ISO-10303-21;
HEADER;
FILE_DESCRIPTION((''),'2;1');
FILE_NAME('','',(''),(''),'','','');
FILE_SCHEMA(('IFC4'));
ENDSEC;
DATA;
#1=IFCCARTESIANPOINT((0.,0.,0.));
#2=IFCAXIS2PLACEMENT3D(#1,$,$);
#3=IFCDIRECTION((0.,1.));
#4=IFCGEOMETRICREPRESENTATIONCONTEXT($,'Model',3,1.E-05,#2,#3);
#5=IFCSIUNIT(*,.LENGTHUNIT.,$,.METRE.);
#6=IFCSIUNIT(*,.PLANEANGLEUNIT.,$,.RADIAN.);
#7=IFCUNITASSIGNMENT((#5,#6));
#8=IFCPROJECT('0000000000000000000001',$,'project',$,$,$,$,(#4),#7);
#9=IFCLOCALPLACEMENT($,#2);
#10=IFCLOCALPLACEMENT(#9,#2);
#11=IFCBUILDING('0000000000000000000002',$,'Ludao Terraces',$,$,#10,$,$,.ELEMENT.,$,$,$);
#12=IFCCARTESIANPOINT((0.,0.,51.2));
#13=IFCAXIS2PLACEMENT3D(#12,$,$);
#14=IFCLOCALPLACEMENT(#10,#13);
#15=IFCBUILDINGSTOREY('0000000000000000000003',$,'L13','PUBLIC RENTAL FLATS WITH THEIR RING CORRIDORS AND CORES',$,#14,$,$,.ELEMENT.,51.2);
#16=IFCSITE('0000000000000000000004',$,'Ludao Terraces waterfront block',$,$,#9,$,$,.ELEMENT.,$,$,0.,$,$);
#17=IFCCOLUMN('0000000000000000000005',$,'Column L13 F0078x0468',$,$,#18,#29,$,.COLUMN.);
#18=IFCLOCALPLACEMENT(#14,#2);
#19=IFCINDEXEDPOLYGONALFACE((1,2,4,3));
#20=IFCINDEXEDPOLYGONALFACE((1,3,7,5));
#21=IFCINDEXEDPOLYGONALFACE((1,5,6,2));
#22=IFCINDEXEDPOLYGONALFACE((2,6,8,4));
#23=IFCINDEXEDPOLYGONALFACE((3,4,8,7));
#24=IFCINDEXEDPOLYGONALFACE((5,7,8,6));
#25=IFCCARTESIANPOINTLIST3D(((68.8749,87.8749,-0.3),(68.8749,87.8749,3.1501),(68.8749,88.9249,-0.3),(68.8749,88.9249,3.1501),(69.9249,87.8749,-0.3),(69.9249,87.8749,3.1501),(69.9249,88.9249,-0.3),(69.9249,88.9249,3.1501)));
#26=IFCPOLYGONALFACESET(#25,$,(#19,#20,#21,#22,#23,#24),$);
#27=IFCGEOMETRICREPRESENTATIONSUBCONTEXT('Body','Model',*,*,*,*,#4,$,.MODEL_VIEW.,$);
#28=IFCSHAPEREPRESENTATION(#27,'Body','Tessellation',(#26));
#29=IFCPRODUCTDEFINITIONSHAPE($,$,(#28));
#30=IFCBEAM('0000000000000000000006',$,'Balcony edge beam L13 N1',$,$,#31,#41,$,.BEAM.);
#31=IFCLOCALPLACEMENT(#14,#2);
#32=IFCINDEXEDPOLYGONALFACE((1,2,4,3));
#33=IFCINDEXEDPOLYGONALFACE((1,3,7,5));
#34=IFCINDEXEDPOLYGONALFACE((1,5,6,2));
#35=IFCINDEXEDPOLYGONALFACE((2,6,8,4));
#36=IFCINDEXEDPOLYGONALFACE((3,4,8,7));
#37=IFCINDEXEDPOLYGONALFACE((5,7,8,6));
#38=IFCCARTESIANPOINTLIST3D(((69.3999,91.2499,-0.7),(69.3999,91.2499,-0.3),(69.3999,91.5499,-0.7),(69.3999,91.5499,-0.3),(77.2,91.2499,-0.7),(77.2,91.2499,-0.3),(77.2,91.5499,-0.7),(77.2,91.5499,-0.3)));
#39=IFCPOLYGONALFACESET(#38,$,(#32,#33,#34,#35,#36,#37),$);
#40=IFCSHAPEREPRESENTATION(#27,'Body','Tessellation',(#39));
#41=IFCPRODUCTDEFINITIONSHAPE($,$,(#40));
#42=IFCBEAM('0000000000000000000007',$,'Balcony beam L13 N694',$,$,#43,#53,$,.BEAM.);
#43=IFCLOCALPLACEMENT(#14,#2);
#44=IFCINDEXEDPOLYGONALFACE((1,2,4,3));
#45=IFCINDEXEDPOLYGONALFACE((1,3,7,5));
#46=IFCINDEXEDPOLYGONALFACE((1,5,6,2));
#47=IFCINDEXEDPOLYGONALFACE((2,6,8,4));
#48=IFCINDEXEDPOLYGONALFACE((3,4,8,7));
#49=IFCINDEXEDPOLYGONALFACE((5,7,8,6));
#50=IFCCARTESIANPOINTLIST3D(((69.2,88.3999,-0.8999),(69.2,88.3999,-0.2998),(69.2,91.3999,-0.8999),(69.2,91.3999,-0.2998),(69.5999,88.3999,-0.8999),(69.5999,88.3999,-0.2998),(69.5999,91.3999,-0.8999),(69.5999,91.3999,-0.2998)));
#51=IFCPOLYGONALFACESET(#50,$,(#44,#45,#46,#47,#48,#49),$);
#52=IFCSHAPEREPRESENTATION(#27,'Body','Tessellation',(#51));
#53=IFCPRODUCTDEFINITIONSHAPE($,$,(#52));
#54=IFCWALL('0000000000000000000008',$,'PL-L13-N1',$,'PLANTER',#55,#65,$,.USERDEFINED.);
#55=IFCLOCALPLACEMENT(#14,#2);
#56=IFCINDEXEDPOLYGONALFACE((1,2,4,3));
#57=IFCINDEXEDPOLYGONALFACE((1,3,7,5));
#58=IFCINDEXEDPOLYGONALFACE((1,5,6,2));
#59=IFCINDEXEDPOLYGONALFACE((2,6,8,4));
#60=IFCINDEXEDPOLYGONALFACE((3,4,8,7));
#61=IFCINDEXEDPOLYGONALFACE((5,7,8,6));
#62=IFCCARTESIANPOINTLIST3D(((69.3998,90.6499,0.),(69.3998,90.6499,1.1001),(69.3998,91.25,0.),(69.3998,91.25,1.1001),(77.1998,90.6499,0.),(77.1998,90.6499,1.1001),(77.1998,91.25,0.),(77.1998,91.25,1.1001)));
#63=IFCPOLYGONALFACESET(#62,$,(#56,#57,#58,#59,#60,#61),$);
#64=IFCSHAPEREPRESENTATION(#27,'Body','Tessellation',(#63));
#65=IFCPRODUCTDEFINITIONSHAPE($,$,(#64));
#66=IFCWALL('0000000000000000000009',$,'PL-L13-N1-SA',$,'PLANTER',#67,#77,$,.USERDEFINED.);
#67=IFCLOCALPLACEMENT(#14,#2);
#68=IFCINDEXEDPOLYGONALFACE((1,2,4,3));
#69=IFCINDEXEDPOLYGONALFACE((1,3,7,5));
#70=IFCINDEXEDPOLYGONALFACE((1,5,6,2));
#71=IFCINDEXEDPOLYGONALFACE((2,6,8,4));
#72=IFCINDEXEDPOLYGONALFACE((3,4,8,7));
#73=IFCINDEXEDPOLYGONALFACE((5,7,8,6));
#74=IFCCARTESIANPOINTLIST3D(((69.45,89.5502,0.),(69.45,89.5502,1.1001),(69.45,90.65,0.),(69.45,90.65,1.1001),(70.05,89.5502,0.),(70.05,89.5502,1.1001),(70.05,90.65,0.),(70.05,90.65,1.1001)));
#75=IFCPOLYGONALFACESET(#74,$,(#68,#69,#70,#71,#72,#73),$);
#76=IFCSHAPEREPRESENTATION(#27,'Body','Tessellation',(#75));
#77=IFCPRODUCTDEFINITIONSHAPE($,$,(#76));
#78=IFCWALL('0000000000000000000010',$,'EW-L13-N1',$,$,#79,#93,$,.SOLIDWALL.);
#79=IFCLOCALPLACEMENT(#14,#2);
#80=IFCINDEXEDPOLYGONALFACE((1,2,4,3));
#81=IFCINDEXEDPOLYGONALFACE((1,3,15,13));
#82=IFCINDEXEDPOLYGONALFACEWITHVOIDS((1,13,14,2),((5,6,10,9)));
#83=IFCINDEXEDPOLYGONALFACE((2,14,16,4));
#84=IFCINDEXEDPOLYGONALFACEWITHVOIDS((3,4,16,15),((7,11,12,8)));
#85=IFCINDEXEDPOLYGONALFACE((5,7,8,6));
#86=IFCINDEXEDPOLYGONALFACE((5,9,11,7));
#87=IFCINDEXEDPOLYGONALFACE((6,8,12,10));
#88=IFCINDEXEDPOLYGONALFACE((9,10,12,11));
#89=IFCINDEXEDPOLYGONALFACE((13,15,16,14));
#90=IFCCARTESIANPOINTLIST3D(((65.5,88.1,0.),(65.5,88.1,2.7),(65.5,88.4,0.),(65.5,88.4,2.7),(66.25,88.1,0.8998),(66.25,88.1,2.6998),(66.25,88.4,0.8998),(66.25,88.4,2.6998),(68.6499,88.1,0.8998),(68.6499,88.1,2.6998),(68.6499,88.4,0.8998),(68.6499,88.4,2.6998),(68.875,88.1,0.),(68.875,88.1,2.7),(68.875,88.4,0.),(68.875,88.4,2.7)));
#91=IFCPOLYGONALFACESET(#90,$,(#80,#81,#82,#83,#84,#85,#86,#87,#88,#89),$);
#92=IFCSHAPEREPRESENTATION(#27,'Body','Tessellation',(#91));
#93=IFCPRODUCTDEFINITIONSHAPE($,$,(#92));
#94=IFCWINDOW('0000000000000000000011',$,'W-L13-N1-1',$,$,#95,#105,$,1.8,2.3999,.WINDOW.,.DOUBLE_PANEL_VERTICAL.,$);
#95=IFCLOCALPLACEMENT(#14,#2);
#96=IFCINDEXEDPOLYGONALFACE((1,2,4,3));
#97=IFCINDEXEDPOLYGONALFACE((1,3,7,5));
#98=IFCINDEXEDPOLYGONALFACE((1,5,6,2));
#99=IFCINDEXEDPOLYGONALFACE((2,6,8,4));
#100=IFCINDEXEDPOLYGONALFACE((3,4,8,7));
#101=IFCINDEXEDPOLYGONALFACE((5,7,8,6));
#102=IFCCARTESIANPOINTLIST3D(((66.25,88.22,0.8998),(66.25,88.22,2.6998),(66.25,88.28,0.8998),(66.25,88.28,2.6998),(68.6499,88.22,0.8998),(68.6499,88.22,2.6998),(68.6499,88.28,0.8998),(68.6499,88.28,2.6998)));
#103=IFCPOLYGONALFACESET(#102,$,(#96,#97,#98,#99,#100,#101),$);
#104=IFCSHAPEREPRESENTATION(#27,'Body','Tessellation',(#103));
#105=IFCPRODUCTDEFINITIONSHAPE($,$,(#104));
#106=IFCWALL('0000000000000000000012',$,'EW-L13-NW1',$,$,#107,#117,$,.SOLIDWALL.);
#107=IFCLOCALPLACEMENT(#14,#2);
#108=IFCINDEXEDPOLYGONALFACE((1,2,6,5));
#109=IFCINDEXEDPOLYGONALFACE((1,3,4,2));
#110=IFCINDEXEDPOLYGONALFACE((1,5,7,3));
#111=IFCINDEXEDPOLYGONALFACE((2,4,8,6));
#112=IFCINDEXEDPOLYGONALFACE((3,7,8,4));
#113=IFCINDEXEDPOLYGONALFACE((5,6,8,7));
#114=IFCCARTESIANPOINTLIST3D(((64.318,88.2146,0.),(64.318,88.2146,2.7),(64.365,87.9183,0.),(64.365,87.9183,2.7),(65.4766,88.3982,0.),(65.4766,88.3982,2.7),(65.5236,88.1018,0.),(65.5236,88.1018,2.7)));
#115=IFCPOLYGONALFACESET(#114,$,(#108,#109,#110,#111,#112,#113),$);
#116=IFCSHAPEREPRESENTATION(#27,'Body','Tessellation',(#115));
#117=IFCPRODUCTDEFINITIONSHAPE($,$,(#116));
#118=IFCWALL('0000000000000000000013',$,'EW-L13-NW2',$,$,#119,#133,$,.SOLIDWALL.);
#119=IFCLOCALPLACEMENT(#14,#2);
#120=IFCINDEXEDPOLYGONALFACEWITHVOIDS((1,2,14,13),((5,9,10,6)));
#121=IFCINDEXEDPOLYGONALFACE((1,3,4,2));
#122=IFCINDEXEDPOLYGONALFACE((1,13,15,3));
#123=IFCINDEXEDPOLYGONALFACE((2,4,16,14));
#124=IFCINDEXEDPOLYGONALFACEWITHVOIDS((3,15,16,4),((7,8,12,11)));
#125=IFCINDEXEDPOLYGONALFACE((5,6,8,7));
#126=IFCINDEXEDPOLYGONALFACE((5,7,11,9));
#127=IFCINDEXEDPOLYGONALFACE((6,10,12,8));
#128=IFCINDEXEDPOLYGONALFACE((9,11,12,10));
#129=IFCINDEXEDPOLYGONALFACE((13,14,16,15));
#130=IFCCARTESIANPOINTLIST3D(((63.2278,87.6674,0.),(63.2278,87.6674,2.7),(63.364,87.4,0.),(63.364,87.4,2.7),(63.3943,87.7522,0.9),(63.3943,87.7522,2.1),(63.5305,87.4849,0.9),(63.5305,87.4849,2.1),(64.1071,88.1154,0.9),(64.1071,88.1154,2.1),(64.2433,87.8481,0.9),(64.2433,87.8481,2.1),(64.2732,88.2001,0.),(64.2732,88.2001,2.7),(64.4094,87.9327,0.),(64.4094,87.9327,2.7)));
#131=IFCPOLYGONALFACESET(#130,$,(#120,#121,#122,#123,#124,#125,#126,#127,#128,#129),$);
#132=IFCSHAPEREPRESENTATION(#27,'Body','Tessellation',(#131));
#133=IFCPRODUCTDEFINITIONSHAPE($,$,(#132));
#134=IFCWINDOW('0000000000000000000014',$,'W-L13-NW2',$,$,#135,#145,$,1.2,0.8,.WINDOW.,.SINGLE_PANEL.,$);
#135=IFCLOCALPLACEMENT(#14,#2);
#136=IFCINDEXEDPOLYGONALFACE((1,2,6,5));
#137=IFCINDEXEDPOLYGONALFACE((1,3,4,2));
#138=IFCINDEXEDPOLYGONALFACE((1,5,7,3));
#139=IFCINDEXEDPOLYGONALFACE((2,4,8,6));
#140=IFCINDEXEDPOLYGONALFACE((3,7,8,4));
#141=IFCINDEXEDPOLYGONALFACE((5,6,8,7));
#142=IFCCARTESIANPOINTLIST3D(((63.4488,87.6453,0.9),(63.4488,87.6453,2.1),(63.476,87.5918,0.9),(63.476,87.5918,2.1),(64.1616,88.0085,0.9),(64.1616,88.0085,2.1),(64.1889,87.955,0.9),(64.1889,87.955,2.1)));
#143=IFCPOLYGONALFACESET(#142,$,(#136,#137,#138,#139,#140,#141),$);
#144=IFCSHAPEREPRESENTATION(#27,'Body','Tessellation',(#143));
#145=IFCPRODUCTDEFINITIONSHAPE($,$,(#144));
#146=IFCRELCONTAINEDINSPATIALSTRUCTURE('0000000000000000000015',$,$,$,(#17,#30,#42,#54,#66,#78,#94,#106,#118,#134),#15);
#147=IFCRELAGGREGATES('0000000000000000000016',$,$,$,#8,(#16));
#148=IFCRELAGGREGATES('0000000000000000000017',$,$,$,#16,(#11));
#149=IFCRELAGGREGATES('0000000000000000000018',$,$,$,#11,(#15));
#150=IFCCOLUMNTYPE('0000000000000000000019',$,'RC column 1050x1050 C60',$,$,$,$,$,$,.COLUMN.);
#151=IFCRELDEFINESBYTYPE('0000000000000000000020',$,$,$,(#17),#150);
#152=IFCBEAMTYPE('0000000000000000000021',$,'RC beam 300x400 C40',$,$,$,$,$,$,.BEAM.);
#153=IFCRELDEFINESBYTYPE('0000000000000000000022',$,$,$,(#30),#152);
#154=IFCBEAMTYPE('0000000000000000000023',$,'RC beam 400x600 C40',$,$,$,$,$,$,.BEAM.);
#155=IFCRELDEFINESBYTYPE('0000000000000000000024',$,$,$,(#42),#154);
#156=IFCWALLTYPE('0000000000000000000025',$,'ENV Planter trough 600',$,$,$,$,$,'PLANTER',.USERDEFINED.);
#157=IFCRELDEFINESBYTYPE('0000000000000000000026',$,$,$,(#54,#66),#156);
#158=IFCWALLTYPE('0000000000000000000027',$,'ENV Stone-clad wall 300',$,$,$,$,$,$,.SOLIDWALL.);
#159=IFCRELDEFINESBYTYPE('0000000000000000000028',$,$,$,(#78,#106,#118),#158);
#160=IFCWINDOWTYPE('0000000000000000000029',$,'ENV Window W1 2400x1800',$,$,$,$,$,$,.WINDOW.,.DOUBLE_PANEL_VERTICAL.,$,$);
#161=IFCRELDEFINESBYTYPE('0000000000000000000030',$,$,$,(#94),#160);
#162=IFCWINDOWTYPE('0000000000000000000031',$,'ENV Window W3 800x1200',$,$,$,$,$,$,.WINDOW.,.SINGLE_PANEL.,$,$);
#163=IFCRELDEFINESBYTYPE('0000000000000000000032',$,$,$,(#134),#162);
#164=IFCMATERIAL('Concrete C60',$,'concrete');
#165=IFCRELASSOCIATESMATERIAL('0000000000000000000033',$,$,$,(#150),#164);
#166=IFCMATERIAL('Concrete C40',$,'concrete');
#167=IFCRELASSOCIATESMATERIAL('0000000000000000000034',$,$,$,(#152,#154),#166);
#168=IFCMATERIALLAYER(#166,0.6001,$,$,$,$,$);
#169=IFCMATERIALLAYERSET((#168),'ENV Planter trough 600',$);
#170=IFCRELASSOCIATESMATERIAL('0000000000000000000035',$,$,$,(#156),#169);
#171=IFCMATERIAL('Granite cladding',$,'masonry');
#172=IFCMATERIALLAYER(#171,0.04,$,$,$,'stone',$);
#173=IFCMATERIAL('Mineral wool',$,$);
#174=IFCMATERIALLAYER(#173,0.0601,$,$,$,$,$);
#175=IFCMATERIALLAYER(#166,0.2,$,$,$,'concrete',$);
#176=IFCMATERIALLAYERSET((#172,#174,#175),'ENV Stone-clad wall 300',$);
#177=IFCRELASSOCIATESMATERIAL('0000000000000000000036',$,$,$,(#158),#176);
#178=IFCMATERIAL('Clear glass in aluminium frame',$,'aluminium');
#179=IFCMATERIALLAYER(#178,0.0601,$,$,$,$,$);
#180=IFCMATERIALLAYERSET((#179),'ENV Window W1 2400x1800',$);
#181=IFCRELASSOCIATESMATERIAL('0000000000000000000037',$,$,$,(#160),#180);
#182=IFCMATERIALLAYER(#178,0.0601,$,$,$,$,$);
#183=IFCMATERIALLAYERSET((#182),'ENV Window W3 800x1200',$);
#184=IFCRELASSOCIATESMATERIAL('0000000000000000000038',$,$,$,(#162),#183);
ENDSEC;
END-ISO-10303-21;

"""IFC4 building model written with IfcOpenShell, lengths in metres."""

from ifc_helpers import new_model, si_unit, direction, frame, frame_2d, origin, origin_2d, place, context, subcontext, project, spatial, rectangle, extrude, material, layer, layer_set, material_profile, profile_set, type_object, element, fill, save


model = new_model("IFC4")

# Units and contexts
model_context = context("Model", 3, precision=1e-05, world=origin(), true_north=direction((0.0, 1.0)))
body_context = subcontext(model_context, "Body", "Model", "MODEL_VIEW")
ifc_project = project(units=[si_unit("LENGTHUNIT", "METRE"), si_unit("PLANEANGLEUNIT", "RADIAN")], contexts=[model_context])

# Site, building, storey
site_placement = place(None, origin())
site = spatial("IfcSite", under=ifc_project, at=site_placement, Name="Ludao Terraces waterfront block", CompositionType="ELEMENT", RefElevation=0.0)
building_placement = place(site_placement, origin())
building = spatial("IfcBuilding", under=site, at=building_placement, Name="Ludao Terraces", CompositionType="ELEMENT")
storey_placement = place(building_placement, frame((0.0, 0.0, 51.2)))
storey = spatial("IfcBuildingStorey", under=building, at=storey_placement, Name="L13", Description="PUBLIC RENTAL FLATS WITH THEIR RING CORRIDORS AND CORES", CompositionType="ELEMENT", Elevation=51.2)

# Column
ifc_material_1 = material(Name="Concrete C60", Category="concrete")
ifc_material_profile_1 = material_profile(ifc_material_1, rectangle(XDim=1.05, YDim=1.05, at=origin_2d()), Name="1050 X 1050")
ifc_profile_set_1 = profile_set([ifc_material_profile_1], Name="Concrete C60")
column_type = type_object("IfcColumnType", Name="RC column 1050x1050 C60", PredefinedType="COLUMN", material=ifc_profile_set_1)
column_placement = place(storey_placement, frame((69.3999, 88.3999, -0.3), z_axis=(0.0, 0.0, 1.0), x_axis=(1.0, 0.0, 0.0)))
element("IfcColumn", 1, at=column_placement, inside=storey, type_object=column_type, Name="Column L13 F0078x0468", PredefinedType="COLUMN", context=body_context, shape_type="SweptSolid", body=[
    extrude(rectangle(XDim=1.05, YDim=1.05, at=origin_2d()), origin(), (0.0, 0.0, 1.0), 3.4502),
])

# Beams
ifc_material_2 = material(Name="Concrete C40", Category="concrete")
ifc_material_profile_2 = material_profile(ifc_material_2, rectangle(XDim=0.3, YDim=0.3999, at=origin_2d()), Name="300 X 400")
ifc_profile_set_2 = profile_set([ifc_material_profile_2], Name="Concrete C40")
beam_type_1 = type_object("IfcBeamType", Name="RC beam 300x400 C40", PredefinedType="BEAM", material=ifc_profile_set_2)
beam_1_placement = place(storey_placement, frame((69.3999, 91.3999, -0.5), z_axis=(1.0, 0.0, 0.0), x_axis=(0.0, 1.0, 0.0)))
element("IfcBeam", 2, at=beam_1_placement, inside=storey, type_object=beam_type_1, Name="Balcony edge beam L13 N1", PredefinedType="BEAM", context=body_context, shape_type="SweptSolid", body=[
    extrude(rectangle(XDim=0.3, YDim=0.3999, at=origin_2d()), origin(), (0.0, 0.0, 1.0), 7.8),
])
ifc_material_profile_3 = material_profile(ifc_material_2, rectangle(XDim=0.3999, YDim=0.6001, at=origin_2d()), Name="400 X 600")
ifc_profile_set_3 = profile_set([ifc_material_profile_3], Name="Concrete C40")
beam_type_2 = type_object("IfcBeamType", Name="RC beam 400x600 C40", PredefinedType="BEAM", material=ifc_profile_set_3)
beam_2_placement = place(storey_placement, frame((69.3999, 88.3999, -0.5999), z_axis=(0.0, 1.0, 0.0), x_axis=(-1.0, 0.0, 0.0)))
element("IfcBeam", 3, at=beam_2_placement, inside=storey, type_object=beam_type_2, Name="Balcony beam L13 N694", PredefinedType="BEAM", context=body_context, shape_type="SweptSolid", body=[
    extrude(rectangle(XDim=0.3999, YDim=0.6001, at=origin_2d()), origin(), (0.0, 0.0, 1.0), 3.0),
])

# Walls
ifc_layer_1 = layer(ifc_material_2, 0.6001)
ifc_layer_set_1 = layer_set([ifc_layer_1], Name="ENV Planter trough 600")
wall_type_1 = type_object("IfcWallType", Name="ENV Planter trough 600", ElementType="PLANTER", PredefinedType="USERDEFINED", material=ifc_layer_set_1)
wall_1_placement = place(storey_placement, frame((69.3999, 90.95, 0.0), z_axis=(0.0, 0.0, 1.0), x_axis=(1.0, 0.0, 0.0)))
element("IfcWall", 4, at=wall_1_placement, inside=storey, type_object=wall_type_1, Name="PL-L13-N1", ObjectType="PLANTER", PredefinedType="USERDEFINED", context=body_context, shape_type="SweptSolid", body=[
    extrude(rectangle(XDim=7.8, YDim=0.6001, at=frame_2d((3.8999, 0.0))), origin(), (0.0, 0.0, 1.0), 1.1001),
])
wall_2_placement = place(storey_placement, frame((69.75, 90.6499, 0.0), z_axis=(0.0, 0.0, 1.0), x_axis=(0.0, -1.0, 0.0)))
element("IfcWall", 5, at=wall_2_placement, inside=storey, type_object=wall_type_1, Name="PL-L13-N1-SA", ObjectType="PLANTER", PredefinedType="USERDEFINED", context=body_context, shape_type="SweptSolid", body=[
    extrude(rectangle(XDim=1.0999, YDim=0.6001, at=frame_2d((0.5498, 0.0))), origin(), (0.0, 0.0, 1.0), 1.1001),
])

# Wall, opening, window
ifc_material_3 = material(Name="Granite cladding", Category="masonry")
ifc_layer_2 = layer(ifc_material_3, 0.04, Category="stone")
ifc_material_4 = material(Name="Mineral wool")
ifc_layer_3 = layer(ifc_material_4, 0.0601)
ifc_layer_4 = layer(ifc_material_2, 0.2, Category="concrete")
ifc_layer_set_2 = layer_set([ifc_layer_2, ifc_layer_3, ifc_layer_4], Name="ENV Stone-clad wall 300")
wall_type_2 = type_object("IfcWallType", Name="ENV Stone-clad wall 300", PredefinedType="SOLIDWALL", material=ifc_layer_set_2)
wall_3_placement = place(storey_placement, frame((65.5, 88.25, 0.0), z_axis=(0.0, 0.0, 1.0), x_axis=(1.0, 0.0, 0.0)))
wall_3 = element("IfcWall", 6, at=wall_3_placement, inside=storey, type_object=wall_type_2, Name="EW-L13-N1", PredefinedType="SOLIDWALL", context=body_context, shape_type="SweptSolid", body=[
    extrude(rectangle(XDim=3.375, YDim=0.3, at=frame_2d((1.6875, 0.0))), origin(), (0.0, 0.0, 1.0), 2.7),
])
opening_1_placement = place(wall_3_placement, frame((0.75, 0.0, 0.8999)))
opening_1 = element("IfcOpeningElement", 7, at=opening_1_placement, cuts=wall_3, PredefinedType="OPENING", context=body_context, shape_type="SweptSolid", body=[
    extrude(rectangle(XDim=2.3999, YDim=1.8, at=frame_2d((1.2, 0.8999))), frame((0.0, 0.1602, 0.0), z_axis=(0.0, -1.0, 0.0), x_axis=(1.0, 0.0, 0.0)), (0.0, 0.0, 1.0), 0.3201),
])
ifc_material_5 = material(Name="Clear glass in aluminium frame", Category="aluminium")
ifc_layer_5 = layer(ifc_material_5, 0.0601)
ifc_layer_set_3 = layer_set([ifc_layer_5], Name="ENV Window W1 2400x1800")
window_type_1 = type_object("IfcWindowType", Name="ENV Window W1 2400x1800", PartitioningType="DOUBLE_PANEL_VERTICAL", PredefinedType="WINDOW", material=ifc_layer_set_3)
window_1_placement = place(opening_1_placement, origin())
window_1 = element("IfcWindow", 8, at=window_1_placement, inside=storey, type_object=window_type_1, Name="W-L13-N1-1", OverallHeight=1.8, OverallWidth=2.3999, PartitioningType="DOUBLE_PANEL_VERTICAL", PredefinedType="WINDOW", context=body_context, shape_type="SweptSolid", body=[
    extrude(rectangle(XDim=2.3999, YDim=1.8, at=frame_2d((1.2, 0.8999))), frame((0.0, 0.03, 0.0), z_axis=(0.0, -1.0, 0.0), x_axis=(1.0, 0.0, 0.0)), (0.0, 0.0, 1.0), 0.0601),
])
fill(opening_1, window_1)

# Wall
wall_4_placement = place(storey_placement, frame((65.5, 88.25, 0.0), z_axis=(0.0, 0.0, 1.0), x_axis=(-0.987678, -0.156497, 0.0)))
element("IfcWall", 9, at=wall_4_placement, inside=storey, type_object=wall_type_2, Name="EW-L13-NW1", PredefinedType="SOLIDWALL", context=body_context, shape_type="SweptSolid", body=[
    extrude(rectangle(XDim=1.1731, YDim=0.3, at=frame_2d((0.5864, 0.0))), origin(), (0.0, 0.0, 1.0), 2.7),
])

# Wall, opening, window
wall_5_placement = place(storey_placement, frame((64.3413, 88.0664, 0.0), z_axis=(0.0, 0.0, 1.0), x_axis=(-0.890989, -0.454026, 0.0)))
wall_5 = element("IfcWall", 10, at=wall_5_placement, inside=storey, type_object=wall_type_2, Name="EW-L13-NW2", PredefinedType="SOLIDWALL", context=body_context, shape_type="SweptSolid", body=[
    extrude(rectangle(XDim=1.1733, YDim=0.3, at=frame_2d((0.5867, 0.0))), origin(), (0.0, 0.0, 1.0), 2.7),
])
opening_2_placement = place(wall_5_placement, frame((0.1865, 0.0, 0.8999)))
opening_2 = element("IfcOpeningElement", 11, at=opening_2_placement, cuts=wall_5, PredefinedType="OPENING", context=body_context, shape_type="SweptSolid", body=[
    extrude(rectangle(XDim=0.8, YDim=1.2, at=frame_2d((0.3999, 0.6001))), frame((0.0, 0.1602, 0.0), z_axis=(0.0, -1.0, 0.0), x_axis=(1.0, 0.0, 0.0)), (0.0, 0.0, 1.0), 0.3201),
])
ifc_layer_6 = layer(ifc_material_5, 0.0601)
ifc_layer_set_4 = layer_set([ifc_layer_6], Name="ENV Window W3 800x1200")
window_type_2 = type_object("IfcWindowType", Name="ENV Window W3 800x1200", PartitioningType="SINGLE_PANEL", PredefinedType="WINDOW", material=ifc_layer_set_4)
window_2_placement = place(opening_2_placement, origin())
window_2 = element("IfcWindow", 12, at=window_2_placement, inside=storey, type_object=window_type_2, Name="W-L13-NW2", OverallHeight=1.2, OverallWidth=0.8, PartitioningType="SINGLE_PANEL", PredefinedType="WINDOW", context=body_context, shape_type="SweptSolid", body=[
    extrude(rectangle(XDim=0.8, YDim=1.2, at=frame_2d((0.3999, 0.6001))), frame((0.0, 0.03, 0.0), z_axis=(0.0, -1.0, 0.0), x_axis=(1.0, 0.0, 0.0)), (0.0, 0.0, 1.0), 0.0601),
])
fill(opening_2, window_2)

save(model, "model.ifc")
